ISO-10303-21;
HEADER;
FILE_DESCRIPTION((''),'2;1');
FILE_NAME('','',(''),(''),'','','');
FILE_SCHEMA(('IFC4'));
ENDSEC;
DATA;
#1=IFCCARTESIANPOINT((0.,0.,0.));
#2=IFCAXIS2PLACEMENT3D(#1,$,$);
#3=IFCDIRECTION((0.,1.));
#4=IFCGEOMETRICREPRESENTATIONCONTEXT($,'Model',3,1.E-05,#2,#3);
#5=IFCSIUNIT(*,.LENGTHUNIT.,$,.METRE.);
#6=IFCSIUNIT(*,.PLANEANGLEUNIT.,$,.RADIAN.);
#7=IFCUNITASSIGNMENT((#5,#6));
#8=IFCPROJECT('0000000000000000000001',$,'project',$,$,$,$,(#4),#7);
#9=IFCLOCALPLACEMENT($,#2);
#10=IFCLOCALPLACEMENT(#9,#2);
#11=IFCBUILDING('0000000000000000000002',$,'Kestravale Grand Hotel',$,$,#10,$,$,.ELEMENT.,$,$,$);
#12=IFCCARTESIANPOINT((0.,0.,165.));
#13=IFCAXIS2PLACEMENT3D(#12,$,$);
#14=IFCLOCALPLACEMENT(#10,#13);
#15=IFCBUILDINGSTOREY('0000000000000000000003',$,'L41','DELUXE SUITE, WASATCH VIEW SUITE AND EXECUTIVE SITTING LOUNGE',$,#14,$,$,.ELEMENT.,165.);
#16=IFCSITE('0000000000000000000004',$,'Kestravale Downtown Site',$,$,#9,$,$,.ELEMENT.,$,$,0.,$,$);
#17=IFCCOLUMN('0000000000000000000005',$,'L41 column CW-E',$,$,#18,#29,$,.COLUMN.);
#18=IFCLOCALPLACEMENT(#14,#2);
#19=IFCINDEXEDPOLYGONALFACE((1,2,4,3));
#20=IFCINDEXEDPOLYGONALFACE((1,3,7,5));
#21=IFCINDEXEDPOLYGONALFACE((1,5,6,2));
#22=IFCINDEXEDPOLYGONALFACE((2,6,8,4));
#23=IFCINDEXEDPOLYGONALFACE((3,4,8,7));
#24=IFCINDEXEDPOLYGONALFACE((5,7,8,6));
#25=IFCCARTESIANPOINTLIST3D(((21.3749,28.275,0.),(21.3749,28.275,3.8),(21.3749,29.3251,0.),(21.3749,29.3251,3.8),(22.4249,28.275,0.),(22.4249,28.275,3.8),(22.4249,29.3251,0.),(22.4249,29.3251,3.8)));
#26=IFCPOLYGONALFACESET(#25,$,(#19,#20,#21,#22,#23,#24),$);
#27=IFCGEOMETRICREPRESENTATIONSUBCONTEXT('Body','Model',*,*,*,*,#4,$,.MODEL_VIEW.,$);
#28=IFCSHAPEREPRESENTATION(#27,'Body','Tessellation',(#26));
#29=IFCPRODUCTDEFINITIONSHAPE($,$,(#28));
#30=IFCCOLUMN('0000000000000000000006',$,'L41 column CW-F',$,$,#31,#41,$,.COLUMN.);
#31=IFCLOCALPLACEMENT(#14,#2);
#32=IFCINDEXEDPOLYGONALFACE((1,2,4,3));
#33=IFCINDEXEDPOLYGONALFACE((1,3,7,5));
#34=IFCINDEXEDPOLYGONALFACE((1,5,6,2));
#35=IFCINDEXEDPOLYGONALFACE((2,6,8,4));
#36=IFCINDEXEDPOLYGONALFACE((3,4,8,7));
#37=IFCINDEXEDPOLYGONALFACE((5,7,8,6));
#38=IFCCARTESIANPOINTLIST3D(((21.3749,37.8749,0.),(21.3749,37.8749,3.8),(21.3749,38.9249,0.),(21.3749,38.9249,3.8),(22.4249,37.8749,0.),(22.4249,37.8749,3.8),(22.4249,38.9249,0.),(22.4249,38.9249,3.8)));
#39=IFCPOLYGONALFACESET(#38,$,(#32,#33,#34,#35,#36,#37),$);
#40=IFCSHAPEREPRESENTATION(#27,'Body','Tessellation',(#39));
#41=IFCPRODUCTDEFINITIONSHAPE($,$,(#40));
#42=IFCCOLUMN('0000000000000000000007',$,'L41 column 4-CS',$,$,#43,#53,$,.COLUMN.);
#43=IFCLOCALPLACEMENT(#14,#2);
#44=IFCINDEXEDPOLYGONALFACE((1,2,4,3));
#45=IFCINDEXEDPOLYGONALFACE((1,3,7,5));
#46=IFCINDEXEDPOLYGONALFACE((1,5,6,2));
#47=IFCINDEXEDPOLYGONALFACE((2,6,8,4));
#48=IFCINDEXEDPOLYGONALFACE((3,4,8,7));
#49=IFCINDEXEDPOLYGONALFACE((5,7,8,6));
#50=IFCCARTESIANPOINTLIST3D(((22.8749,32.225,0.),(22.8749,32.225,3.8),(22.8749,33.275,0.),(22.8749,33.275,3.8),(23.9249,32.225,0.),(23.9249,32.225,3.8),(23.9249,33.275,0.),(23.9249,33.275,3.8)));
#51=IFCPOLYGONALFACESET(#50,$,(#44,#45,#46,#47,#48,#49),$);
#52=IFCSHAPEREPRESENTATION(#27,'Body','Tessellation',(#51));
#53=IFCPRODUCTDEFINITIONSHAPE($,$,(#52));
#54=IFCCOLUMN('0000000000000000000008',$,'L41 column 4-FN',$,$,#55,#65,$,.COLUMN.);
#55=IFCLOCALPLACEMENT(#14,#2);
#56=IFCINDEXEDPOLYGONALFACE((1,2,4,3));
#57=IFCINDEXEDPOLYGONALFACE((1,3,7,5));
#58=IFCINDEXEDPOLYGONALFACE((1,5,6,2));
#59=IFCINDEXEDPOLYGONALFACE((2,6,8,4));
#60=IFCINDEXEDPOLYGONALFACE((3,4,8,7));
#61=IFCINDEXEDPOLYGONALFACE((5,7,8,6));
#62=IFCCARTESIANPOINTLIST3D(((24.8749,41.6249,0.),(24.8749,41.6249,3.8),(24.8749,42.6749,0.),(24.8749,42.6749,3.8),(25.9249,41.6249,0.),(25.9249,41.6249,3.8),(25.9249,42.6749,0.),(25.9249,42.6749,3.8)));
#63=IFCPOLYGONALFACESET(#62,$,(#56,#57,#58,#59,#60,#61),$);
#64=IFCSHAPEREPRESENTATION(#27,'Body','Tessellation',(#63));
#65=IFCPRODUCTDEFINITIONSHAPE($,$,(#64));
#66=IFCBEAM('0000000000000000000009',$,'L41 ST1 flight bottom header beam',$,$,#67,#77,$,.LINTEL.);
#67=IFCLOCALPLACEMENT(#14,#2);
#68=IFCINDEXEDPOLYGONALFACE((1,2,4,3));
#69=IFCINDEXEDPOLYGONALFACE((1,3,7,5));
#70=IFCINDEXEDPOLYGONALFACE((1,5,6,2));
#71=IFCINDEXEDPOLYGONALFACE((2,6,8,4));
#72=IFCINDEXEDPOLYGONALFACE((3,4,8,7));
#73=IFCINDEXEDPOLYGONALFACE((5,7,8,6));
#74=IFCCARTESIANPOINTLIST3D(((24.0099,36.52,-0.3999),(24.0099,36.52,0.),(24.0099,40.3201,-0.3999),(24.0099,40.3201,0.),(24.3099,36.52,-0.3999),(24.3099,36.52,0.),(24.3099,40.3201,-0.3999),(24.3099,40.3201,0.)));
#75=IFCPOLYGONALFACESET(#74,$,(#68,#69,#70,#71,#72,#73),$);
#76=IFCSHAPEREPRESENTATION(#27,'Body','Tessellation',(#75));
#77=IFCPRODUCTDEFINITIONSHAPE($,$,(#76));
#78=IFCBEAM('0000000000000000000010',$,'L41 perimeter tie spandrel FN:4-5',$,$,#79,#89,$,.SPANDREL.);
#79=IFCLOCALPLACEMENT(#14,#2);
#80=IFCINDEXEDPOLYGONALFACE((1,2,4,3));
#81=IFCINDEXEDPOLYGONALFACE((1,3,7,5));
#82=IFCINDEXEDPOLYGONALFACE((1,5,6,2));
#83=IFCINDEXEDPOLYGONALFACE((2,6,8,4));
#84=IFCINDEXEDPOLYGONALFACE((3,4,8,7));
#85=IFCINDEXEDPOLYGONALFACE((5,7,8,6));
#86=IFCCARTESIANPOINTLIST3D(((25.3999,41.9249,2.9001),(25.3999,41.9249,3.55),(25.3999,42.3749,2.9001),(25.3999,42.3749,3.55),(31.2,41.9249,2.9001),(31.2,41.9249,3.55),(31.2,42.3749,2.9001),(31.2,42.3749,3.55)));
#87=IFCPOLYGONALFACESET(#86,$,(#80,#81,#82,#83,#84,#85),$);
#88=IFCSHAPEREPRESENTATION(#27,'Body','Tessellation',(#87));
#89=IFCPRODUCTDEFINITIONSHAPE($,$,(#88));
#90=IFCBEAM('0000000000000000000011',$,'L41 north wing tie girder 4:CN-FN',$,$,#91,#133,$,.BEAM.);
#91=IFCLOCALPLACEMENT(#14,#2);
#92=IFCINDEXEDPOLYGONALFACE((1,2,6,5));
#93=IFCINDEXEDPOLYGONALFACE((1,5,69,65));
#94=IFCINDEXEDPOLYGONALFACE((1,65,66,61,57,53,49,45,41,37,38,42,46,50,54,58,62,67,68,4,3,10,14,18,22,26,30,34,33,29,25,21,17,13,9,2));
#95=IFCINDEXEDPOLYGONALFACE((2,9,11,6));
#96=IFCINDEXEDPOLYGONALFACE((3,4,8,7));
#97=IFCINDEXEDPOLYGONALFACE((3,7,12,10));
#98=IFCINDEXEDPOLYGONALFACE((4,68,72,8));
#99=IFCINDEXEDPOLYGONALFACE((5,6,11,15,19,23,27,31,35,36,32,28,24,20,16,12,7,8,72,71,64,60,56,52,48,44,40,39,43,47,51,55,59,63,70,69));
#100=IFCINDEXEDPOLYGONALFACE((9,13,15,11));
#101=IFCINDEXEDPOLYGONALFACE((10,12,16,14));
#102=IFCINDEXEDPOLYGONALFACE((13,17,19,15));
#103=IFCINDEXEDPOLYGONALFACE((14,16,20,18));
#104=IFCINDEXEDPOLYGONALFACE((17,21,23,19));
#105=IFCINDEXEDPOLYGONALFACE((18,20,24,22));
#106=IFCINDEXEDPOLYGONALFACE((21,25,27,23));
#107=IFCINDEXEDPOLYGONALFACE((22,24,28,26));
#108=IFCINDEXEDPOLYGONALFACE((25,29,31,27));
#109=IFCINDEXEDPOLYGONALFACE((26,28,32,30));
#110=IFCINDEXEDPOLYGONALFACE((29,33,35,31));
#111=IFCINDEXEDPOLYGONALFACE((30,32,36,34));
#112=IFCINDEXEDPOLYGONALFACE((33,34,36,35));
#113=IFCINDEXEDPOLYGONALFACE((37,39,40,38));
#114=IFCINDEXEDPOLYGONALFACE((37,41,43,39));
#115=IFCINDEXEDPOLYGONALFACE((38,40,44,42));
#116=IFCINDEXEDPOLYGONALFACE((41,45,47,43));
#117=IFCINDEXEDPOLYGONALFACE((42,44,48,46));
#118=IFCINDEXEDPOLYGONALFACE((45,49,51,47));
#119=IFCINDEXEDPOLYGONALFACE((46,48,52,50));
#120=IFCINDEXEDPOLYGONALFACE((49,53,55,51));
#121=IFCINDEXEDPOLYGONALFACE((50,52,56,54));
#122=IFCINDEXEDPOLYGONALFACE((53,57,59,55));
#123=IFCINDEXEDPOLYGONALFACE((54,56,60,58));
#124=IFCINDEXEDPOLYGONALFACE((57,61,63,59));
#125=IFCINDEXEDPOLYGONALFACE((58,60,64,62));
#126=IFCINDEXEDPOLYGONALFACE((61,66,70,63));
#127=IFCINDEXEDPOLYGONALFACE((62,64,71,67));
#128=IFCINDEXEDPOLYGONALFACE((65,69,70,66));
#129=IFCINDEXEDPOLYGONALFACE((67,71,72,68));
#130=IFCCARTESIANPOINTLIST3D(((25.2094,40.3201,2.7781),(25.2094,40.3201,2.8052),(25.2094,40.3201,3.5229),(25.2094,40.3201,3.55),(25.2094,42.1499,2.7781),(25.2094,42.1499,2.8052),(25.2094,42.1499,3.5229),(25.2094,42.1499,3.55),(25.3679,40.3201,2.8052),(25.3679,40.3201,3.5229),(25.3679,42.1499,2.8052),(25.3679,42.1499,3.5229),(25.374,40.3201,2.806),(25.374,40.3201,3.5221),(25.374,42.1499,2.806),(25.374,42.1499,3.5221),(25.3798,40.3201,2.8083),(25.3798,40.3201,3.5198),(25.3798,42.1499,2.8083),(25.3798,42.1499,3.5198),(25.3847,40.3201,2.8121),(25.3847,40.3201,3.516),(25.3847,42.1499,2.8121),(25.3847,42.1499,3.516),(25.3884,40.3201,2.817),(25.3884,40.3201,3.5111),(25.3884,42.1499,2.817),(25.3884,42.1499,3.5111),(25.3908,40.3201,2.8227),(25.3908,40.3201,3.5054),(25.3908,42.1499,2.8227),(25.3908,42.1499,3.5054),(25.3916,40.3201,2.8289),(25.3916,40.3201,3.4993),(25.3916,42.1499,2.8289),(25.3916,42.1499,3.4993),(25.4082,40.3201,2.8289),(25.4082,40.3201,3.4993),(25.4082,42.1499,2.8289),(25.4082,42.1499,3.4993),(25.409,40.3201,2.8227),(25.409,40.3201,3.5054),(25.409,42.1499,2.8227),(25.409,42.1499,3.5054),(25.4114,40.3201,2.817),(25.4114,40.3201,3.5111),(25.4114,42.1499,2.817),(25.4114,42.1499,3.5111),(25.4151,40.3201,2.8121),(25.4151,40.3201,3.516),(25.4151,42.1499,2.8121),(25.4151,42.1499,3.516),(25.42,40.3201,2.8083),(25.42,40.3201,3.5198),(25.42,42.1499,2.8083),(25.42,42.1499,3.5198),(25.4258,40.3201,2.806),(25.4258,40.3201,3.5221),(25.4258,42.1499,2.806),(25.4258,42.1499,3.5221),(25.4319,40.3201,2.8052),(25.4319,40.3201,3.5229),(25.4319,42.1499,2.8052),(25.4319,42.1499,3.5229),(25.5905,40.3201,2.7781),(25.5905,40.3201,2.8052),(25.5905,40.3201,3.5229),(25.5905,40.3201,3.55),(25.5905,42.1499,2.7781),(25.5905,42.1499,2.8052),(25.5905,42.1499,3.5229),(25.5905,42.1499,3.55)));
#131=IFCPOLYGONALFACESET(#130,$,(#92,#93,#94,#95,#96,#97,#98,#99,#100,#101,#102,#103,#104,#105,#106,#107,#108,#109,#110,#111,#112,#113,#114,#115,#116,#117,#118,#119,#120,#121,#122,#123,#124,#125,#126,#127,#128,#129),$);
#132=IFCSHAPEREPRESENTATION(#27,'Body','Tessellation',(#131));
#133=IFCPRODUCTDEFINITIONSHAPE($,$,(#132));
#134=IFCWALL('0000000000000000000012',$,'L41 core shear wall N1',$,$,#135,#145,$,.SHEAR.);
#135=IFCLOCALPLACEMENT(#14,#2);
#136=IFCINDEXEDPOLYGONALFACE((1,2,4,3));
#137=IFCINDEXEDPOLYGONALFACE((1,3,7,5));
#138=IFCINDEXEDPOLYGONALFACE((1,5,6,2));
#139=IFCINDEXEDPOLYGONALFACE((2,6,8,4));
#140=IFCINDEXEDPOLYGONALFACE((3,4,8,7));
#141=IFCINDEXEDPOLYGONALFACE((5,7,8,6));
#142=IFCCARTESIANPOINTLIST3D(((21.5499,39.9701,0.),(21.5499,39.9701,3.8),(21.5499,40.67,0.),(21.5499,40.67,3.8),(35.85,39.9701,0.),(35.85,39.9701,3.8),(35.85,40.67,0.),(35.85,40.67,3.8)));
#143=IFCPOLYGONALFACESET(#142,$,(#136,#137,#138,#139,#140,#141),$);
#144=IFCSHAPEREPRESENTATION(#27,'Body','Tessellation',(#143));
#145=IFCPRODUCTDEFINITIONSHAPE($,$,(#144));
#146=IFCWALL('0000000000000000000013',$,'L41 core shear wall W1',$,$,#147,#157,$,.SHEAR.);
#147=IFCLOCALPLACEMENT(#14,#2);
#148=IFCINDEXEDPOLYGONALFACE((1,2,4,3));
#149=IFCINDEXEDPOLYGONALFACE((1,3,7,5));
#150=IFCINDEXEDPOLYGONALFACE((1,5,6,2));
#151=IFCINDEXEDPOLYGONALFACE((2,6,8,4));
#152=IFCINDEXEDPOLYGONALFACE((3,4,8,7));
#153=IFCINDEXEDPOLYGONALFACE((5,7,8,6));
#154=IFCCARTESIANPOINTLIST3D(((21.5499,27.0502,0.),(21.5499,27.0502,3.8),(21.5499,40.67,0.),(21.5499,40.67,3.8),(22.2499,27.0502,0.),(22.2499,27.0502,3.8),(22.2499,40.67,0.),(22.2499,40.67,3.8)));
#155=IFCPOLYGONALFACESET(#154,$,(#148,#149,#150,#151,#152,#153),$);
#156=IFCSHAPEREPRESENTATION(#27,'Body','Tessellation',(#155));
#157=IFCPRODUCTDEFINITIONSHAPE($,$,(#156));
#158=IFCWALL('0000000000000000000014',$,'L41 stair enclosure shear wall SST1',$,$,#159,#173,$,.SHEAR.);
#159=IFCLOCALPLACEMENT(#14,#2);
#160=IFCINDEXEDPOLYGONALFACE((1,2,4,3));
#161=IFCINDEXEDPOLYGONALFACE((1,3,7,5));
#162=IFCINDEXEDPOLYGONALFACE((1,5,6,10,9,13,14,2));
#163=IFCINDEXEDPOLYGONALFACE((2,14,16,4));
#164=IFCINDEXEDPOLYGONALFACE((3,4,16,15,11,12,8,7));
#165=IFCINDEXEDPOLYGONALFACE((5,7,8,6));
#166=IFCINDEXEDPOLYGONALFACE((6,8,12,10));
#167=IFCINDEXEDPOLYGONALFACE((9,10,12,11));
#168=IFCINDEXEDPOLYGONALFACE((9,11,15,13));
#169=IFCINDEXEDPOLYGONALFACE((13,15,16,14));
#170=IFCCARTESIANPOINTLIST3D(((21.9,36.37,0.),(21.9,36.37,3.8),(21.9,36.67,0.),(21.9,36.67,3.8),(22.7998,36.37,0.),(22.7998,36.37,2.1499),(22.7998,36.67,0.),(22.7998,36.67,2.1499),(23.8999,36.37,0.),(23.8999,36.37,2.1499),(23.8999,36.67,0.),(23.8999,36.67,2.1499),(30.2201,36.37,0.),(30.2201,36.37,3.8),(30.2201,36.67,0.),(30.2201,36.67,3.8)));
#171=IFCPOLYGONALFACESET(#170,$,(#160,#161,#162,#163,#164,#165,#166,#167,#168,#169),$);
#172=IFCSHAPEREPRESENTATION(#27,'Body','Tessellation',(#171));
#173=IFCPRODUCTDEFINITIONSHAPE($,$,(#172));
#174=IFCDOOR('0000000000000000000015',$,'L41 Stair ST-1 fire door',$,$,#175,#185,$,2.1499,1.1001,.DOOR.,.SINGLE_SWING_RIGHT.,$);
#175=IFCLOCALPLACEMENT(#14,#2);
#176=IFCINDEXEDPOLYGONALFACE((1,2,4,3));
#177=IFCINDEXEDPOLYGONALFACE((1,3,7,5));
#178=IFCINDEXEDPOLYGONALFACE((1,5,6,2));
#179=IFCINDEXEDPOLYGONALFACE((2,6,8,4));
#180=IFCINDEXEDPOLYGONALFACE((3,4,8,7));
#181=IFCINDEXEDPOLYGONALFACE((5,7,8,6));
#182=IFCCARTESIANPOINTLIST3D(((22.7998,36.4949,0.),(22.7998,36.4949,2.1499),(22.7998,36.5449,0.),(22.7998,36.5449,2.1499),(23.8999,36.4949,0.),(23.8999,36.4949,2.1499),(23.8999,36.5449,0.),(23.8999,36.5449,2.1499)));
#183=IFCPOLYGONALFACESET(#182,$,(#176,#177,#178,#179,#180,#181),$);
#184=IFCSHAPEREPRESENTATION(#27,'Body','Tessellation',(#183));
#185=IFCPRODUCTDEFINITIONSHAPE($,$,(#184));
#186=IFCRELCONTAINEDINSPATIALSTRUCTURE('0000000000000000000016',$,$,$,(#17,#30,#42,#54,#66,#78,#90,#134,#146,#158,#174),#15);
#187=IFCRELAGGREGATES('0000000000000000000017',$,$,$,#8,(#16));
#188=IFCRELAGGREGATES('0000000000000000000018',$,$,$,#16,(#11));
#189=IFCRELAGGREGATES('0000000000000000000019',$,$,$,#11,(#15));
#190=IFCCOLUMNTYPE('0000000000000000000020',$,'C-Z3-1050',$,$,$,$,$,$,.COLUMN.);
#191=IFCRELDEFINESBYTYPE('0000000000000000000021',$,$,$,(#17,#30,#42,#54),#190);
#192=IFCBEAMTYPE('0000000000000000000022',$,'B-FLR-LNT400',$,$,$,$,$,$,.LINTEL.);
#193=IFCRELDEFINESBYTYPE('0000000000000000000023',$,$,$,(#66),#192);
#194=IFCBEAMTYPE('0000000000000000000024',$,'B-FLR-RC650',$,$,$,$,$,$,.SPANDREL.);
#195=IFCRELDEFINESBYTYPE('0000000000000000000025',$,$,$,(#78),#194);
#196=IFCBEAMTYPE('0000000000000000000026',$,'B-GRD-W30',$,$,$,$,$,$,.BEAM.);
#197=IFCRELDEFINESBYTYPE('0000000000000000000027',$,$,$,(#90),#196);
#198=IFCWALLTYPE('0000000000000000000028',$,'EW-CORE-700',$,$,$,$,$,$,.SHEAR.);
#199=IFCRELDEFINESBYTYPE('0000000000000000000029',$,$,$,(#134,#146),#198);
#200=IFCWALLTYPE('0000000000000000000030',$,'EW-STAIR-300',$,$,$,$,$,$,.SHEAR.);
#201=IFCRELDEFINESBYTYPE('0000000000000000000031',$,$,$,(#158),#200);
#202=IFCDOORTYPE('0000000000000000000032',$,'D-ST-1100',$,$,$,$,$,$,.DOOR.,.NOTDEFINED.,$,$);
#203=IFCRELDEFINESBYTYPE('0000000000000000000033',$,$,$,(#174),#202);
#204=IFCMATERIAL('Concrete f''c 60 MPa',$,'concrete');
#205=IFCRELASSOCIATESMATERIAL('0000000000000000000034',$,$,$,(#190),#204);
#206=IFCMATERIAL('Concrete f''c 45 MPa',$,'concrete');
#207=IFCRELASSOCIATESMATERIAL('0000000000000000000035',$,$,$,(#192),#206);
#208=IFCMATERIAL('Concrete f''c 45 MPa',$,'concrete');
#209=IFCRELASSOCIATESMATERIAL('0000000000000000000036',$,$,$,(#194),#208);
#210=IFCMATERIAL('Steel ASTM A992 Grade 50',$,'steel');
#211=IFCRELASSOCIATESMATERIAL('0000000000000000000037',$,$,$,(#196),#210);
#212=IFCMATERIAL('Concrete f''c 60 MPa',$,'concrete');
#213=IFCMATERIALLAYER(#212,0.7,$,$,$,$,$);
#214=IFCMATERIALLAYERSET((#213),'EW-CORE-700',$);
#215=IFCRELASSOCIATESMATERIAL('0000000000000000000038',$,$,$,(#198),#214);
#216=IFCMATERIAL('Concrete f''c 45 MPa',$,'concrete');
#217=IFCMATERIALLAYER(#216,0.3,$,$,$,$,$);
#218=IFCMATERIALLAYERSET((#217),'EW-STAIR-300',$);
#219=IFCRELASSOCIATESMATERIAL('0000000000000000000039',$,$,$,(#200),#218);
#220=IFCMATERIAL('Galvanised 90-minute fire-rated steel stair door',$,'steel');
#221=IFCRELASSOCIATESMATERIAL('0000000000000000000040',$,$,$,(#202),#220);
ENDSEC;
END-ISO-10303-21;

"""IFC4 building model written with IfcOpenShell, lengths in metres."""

from ifc_helpers import new_model, si_unit, direction, frame, frame_2d, origin, origin_2d, place, context, subcontext, project, spatial, rectangle, i_section, extrude, material, layer, layer_set, material_profile, profile_set, type_object, element, fill, save


model = new_model("IFC4")

# Units and contexts
model_context = context("Model", 3, precision=1e-05, world=origin(), true_north=direction((0.0, 1.0)))
body_context = subcontext(model_context, "Body", "Model", "MODEL_VIEW")
ifc_project = project(units=[si_unit("LENGTHUNIT", "METRE"), si_unit("PLANEANGLEUNIT", "RADIAN")], contexts=[model_context])

# Site, building, storey
site_placement = place(None, origin())
site = spatial("IfcSite", under=ifc_project, at=site_placement, Name="Kestravale Downtown Site", CompositionType="ELEMENT", RefElevation=0.0)
building_placement = place(site_placement, origin())
building = spatial("IfcBuilding", under=site, at=building_placement, Name="Kestravale Grand Hotel", CompositionType="ELEMENT")
storey_placement = place(building_placement, frame((0.0, 0.0, 165.0)))
storey = spatial("IfcBuildingStorey", under=building, at=storey_placement, Name="L41", Description="DELUXE SUITE, WASATCH VIEW SUITE AND EXECUTIVE SITTING LOUNGE", CompositionType="ELEMENT", Elevation=165.0)

# Columns
ifc_material_1 = material(Name="Concrete f'c 60 MPa", Category="concrete")
ifc_material_profile_1 = material_profile(ifc_material_1, rectangle(XDim=1.05, YDim=1.05, at=origin_2d()))
ifc_profile_set_1 = profile_set([ifc_material_profile_1], Name="Concrete f'c 60 MPa")
column_type = type_object("IfcColumnType", Name="C-Z3-1050", PredefinedType="COLUMN", material=ifc_profile_set_1)
for number, where, z_axis, x_axis, name in (
    (1, (21.8999, 28.8, 0.0), (0.0, 0.0, 1.0), (1.0, 0.0, 0.0), "L41 column CW-E"),
    (2, (21.8999, 38.3999, 0.0), (0.0, 0.0, 1.0), (1.0, 0.0, 0.0), "L41 column CW-F"),
    (3, (23.3999, 32.75, 0.0), (0.0, 0.0, 1.0), (1.0, 0.0, 0.0), "L41 column 4-CS"),
    (4, (25.3999, 42.1499, 0.0), (0.0, 0.0, 1.0), (1.0, 0.0, 0.0), "L41 column 4-FN"),
):
    element("IfcColumn", number, at=place(storey_placement, frame(where, z_axis=z_axis, x_axis=x_axis)), inside=storey, type_object=column_type, Name=name, PredefinedType="COLUMN", context=body_context, shape_type="SweptSolid", body=[
        extrude(rectangle(XDim=1.05, YDim=1.05, at=origin_2d()), origin(), (0.0, 0.0, 1.0), 3.8),
    ])

# Beams
ifc_material_2 = material(Name="Concrete f'c 45 MPa", Category="concrete")
ifc_material_profile_2 = material_profile(ifc_material_2, rectangle(XDim=0.3, YDim=0.3999, at=origin_2d()))
ifc_profile_set_2 = profile_set([ifc_material_profile_2], Name="Concrete f'c 45 MPa")
beam_type_1 = type_object("IfcBeamType", Name="B-FLR-LNT400", PredefinedType="LINTEL", material=ifc_profile_set_2)
beam_1_placement = place(storey_placement, frame((24.1599, 36.52, -0.2), z_axis=(0.0, 1.0, 0.0), x_axis=(-1.0, 0.0, 0.0)))
element("IfcBeam", 5, at=beam_1_placement, inside=storey, type_object=beam_type_1, Name="L41 ST1 flight bottom header beam", PredefinedType="LINTEL", context=body_context, shape_type="SweptSolid", body=[
    extrude(rectangle(XDim=0.3, YDim=0.3999, at=origin_2d()), origin(), (0.0, 0.0, 1.0), 3.8),
])
ifc_material_3 = material(Name="Concrete f'c 45 MPa", Category="concrete")
ifc_material_profile_3 = material_profile(ifc_material_3, rectangle(XDim=0.45, YDim=0.6499, at=origin_2d()))
ifc_profile_set_3 = profile_set([ifc_material_profile_3], Name="Concrete f'c 45 MPa")
beam_type_2 = type_object("IfcBeamType", Name="B-FLR-RC650", PredefinedType="SPANDREL", material=ifc_profile_set_3)
beam_2_placement = place(storey_placement, frame((25.3999, 42.1499, 3.2251), z_axis=(1.0, 0.0, 0.0), x_axis=(0.0, 1.0, 0.0)))
element("IfcBeam", 6, at=beam_2_placement, inside=storey, type_object=beam_type_2, Name="L41 perimeter tie spandrel FN:4-5", PredefinedType="SPANDREL", context=body_context, shape_type="SweptSolid", body=[
    extrude(rectangle(XDim=0.45, YDim=0.6499, at=origin_2d()), origin(), (0.0, 0.0, 1.0), 5.8),
])
ifc_material_4 = material(Name="Steel ASTM A992 Grade 50", Category="steel")
ifc_material_profile_4 = material_profile(ifc_material_4, i_section(OverallWidth=0.3811, OverallDepth=0.772, WebThickness=0.0166, FlangeThickness=0.0271, FilletRadius=0.0237, at=origin_2d()))
ifc_profile_set_4 = profile_set([ifc_material_profile_4], Name="Steel ASTM A992 Grade 50")
beam_type_3 = type_object("IfcBeamType", Name="B-GRD-W30", PredefinedType="BEAM", material=ifc_profile_set_4)
beam_3_placement = place(storey_placement, frame((25.3999, 40.3201, 3.1641), z_axis=(0.0, 1.0, 0.0), x_axis=(-1.0, 0.0, 0.0)))
element("IfcBeam", 7, at=beam_3_placement, inside=storey, type_object=beam_type_3, Name="L41 north wing tie girder 4:CN-FN", PredefinedType="BEAM", context=body_context, shape_type="SweptSolid", body=[
    extrude(i_section(OverallWidth=0.3811, OverallDepth=0.772, WebThickness=0.0166, FlangeThickness=0.0271, FilletRadius=0.0237, at=origin_2d()), origin(), (0.0, 0.0, 1.0), 1.8298),
])

# Walls
ifc_material_5 = material(Name="Concrete f'c 60 MPa", Category="concrete")
ifc_layer_1 = layer(ifc_material_5, 0.7)
ifc_layer_set_1 = layer_set([ifc_layer_1], Name="EW-CORE-700")
wall_type_1 = type_object("IfcWallType", Name="EW-CORE-700", PredefinedType="SHEAR", material=ifc_layer_set_1)
wall_1_placement = place(storey_placement, frame((21.55, 40.3201, 0.0), z_axis=(0.0, 0.0, 1.0), x_axis=(1.0, 0.0, 0.0)))
element("IfcWall", 8, at=wall_1_placement, inside=storey, type_object=wall_type_1, Name="L41 core shear wall N1", PredefinedType="SHEAR", context=body_context, shape_type="SweptSolid", body=[
    extrude(rectangle(XDim=14.3, YDim=0.7, at=frame_2d((7.1499, 0.0))), origin(), (0.0, 0.0, 1.0), 3.8),
])
wall_2_placement = place(storey_placement, frame((21.8999, 27.05, 0.0), z_axis=(0.0, 0.0, 1.0), x_axis=(0.0, 1.0, 0.0)))
element("IfcWall", 9, at=wall_2_placement, inside=storey, type_object=wall_type_1, Name="L41 core shear wall W1", PredefinedType="SHEAR", context=body_context, shape_type="SweptSolid", body=[
    extrude(rectangle(XDim=13.6199, YDim=0.7, at=frame_2d((6.8101, 0.0))), origin(), (0.0, 0.0, 1.0), 3.8),
])

# Wall, opening, door
ifc_material_6 = material(Name="Concrete f'c 45 MPa", Category="concrete")
ifc_layer_2 = layer(ifc_material_6, 0.3)
ifc_layer_set_2 = layer_set([ifc_layer_2], Name="EW-STAIR-300")
wall_type_2 = type_object("IfcWallType", Name="EW-STAIR-300", PredefinedType="SHEAR", material=ifc_layer_set_2)
wall_3_placement = place(storey_placement, frame((21.8999, 36.52, 0.0), z_axis=(0.0, 0.0, 1.0), x_axis=(1.0, 0.0, 0.0)))
wall_3 = element("IfcWall", 10, at=wall_3_placement, inside=storey, type_object=wall_type_2, Name="L41 stair enclosure shear wall SST1", PredefinedType="SHEAR", context=body_context, shape_type="SweptSolid", body=[
    extrude(rectangle(XDim=8.3201, YDim=0.3, at=frame_2d((4.1602, 0.0))), origin(), (0.0, 0.0, 1.0), 3.8),
])
opening_1_placement = place(wall_3_placement, frame((0.8999, 0.0, 0.0)))
opening_1 = element("IfcOpeningElement", 11, at=opening_1_placement, cuts=wall_3, PredefinedType="OPENING", context=body_context, shape_type="SweptSolid", body=[
    extrude(rectangle(XDim=1.1001, YDim=2.1499, at=frame_2d((0.55, 1.075))), frame((0.0, 0.1599, 0.0), z_axis=(0.0, -1.0, 0.0), x_axis=(1.0, 0.0, 0.0)), (0.0, 0.0, 1.0), 0.3201),
])
ifc_material_7 = material(Name="Galvanised 90-minute fire-rated steel stair door", Category="steel")
door_type_1 = type_object("IfcDoorType", Name="D-ST-1100", OperationType="NOTDEFINED", PredefinedType="DOOR", material=ifc_material_7)
door_1_placement = place(opening_1_placement, origin())
door_1 = element("IfcDoor", 12, at=door_1_placement, inside=storey, type_object=door_type_1, Name="L41 Stair ST-1 fire door", OperationType="SINGLE_SWING_RIGHT", OverallHeight=2.1499, OverallWidth=1.1001, PredefinedType="DOOR", context=body_context, shape_type="SweptSolid", body=[
    extrude(rectangle(XDim=1.1001, YDim=2.1499, at=frame_2d((0.55, 1.075))), frame((0.0, 0.0249, 0.0), z_axis=(0.0, -1.0, 0.0), x_axis=(1.0, 0.0, 0.0)), (0.0, 0.0, 1.0), 0.05),
])
fill(opening_1, door_1)

save(model, "model.ifc")
